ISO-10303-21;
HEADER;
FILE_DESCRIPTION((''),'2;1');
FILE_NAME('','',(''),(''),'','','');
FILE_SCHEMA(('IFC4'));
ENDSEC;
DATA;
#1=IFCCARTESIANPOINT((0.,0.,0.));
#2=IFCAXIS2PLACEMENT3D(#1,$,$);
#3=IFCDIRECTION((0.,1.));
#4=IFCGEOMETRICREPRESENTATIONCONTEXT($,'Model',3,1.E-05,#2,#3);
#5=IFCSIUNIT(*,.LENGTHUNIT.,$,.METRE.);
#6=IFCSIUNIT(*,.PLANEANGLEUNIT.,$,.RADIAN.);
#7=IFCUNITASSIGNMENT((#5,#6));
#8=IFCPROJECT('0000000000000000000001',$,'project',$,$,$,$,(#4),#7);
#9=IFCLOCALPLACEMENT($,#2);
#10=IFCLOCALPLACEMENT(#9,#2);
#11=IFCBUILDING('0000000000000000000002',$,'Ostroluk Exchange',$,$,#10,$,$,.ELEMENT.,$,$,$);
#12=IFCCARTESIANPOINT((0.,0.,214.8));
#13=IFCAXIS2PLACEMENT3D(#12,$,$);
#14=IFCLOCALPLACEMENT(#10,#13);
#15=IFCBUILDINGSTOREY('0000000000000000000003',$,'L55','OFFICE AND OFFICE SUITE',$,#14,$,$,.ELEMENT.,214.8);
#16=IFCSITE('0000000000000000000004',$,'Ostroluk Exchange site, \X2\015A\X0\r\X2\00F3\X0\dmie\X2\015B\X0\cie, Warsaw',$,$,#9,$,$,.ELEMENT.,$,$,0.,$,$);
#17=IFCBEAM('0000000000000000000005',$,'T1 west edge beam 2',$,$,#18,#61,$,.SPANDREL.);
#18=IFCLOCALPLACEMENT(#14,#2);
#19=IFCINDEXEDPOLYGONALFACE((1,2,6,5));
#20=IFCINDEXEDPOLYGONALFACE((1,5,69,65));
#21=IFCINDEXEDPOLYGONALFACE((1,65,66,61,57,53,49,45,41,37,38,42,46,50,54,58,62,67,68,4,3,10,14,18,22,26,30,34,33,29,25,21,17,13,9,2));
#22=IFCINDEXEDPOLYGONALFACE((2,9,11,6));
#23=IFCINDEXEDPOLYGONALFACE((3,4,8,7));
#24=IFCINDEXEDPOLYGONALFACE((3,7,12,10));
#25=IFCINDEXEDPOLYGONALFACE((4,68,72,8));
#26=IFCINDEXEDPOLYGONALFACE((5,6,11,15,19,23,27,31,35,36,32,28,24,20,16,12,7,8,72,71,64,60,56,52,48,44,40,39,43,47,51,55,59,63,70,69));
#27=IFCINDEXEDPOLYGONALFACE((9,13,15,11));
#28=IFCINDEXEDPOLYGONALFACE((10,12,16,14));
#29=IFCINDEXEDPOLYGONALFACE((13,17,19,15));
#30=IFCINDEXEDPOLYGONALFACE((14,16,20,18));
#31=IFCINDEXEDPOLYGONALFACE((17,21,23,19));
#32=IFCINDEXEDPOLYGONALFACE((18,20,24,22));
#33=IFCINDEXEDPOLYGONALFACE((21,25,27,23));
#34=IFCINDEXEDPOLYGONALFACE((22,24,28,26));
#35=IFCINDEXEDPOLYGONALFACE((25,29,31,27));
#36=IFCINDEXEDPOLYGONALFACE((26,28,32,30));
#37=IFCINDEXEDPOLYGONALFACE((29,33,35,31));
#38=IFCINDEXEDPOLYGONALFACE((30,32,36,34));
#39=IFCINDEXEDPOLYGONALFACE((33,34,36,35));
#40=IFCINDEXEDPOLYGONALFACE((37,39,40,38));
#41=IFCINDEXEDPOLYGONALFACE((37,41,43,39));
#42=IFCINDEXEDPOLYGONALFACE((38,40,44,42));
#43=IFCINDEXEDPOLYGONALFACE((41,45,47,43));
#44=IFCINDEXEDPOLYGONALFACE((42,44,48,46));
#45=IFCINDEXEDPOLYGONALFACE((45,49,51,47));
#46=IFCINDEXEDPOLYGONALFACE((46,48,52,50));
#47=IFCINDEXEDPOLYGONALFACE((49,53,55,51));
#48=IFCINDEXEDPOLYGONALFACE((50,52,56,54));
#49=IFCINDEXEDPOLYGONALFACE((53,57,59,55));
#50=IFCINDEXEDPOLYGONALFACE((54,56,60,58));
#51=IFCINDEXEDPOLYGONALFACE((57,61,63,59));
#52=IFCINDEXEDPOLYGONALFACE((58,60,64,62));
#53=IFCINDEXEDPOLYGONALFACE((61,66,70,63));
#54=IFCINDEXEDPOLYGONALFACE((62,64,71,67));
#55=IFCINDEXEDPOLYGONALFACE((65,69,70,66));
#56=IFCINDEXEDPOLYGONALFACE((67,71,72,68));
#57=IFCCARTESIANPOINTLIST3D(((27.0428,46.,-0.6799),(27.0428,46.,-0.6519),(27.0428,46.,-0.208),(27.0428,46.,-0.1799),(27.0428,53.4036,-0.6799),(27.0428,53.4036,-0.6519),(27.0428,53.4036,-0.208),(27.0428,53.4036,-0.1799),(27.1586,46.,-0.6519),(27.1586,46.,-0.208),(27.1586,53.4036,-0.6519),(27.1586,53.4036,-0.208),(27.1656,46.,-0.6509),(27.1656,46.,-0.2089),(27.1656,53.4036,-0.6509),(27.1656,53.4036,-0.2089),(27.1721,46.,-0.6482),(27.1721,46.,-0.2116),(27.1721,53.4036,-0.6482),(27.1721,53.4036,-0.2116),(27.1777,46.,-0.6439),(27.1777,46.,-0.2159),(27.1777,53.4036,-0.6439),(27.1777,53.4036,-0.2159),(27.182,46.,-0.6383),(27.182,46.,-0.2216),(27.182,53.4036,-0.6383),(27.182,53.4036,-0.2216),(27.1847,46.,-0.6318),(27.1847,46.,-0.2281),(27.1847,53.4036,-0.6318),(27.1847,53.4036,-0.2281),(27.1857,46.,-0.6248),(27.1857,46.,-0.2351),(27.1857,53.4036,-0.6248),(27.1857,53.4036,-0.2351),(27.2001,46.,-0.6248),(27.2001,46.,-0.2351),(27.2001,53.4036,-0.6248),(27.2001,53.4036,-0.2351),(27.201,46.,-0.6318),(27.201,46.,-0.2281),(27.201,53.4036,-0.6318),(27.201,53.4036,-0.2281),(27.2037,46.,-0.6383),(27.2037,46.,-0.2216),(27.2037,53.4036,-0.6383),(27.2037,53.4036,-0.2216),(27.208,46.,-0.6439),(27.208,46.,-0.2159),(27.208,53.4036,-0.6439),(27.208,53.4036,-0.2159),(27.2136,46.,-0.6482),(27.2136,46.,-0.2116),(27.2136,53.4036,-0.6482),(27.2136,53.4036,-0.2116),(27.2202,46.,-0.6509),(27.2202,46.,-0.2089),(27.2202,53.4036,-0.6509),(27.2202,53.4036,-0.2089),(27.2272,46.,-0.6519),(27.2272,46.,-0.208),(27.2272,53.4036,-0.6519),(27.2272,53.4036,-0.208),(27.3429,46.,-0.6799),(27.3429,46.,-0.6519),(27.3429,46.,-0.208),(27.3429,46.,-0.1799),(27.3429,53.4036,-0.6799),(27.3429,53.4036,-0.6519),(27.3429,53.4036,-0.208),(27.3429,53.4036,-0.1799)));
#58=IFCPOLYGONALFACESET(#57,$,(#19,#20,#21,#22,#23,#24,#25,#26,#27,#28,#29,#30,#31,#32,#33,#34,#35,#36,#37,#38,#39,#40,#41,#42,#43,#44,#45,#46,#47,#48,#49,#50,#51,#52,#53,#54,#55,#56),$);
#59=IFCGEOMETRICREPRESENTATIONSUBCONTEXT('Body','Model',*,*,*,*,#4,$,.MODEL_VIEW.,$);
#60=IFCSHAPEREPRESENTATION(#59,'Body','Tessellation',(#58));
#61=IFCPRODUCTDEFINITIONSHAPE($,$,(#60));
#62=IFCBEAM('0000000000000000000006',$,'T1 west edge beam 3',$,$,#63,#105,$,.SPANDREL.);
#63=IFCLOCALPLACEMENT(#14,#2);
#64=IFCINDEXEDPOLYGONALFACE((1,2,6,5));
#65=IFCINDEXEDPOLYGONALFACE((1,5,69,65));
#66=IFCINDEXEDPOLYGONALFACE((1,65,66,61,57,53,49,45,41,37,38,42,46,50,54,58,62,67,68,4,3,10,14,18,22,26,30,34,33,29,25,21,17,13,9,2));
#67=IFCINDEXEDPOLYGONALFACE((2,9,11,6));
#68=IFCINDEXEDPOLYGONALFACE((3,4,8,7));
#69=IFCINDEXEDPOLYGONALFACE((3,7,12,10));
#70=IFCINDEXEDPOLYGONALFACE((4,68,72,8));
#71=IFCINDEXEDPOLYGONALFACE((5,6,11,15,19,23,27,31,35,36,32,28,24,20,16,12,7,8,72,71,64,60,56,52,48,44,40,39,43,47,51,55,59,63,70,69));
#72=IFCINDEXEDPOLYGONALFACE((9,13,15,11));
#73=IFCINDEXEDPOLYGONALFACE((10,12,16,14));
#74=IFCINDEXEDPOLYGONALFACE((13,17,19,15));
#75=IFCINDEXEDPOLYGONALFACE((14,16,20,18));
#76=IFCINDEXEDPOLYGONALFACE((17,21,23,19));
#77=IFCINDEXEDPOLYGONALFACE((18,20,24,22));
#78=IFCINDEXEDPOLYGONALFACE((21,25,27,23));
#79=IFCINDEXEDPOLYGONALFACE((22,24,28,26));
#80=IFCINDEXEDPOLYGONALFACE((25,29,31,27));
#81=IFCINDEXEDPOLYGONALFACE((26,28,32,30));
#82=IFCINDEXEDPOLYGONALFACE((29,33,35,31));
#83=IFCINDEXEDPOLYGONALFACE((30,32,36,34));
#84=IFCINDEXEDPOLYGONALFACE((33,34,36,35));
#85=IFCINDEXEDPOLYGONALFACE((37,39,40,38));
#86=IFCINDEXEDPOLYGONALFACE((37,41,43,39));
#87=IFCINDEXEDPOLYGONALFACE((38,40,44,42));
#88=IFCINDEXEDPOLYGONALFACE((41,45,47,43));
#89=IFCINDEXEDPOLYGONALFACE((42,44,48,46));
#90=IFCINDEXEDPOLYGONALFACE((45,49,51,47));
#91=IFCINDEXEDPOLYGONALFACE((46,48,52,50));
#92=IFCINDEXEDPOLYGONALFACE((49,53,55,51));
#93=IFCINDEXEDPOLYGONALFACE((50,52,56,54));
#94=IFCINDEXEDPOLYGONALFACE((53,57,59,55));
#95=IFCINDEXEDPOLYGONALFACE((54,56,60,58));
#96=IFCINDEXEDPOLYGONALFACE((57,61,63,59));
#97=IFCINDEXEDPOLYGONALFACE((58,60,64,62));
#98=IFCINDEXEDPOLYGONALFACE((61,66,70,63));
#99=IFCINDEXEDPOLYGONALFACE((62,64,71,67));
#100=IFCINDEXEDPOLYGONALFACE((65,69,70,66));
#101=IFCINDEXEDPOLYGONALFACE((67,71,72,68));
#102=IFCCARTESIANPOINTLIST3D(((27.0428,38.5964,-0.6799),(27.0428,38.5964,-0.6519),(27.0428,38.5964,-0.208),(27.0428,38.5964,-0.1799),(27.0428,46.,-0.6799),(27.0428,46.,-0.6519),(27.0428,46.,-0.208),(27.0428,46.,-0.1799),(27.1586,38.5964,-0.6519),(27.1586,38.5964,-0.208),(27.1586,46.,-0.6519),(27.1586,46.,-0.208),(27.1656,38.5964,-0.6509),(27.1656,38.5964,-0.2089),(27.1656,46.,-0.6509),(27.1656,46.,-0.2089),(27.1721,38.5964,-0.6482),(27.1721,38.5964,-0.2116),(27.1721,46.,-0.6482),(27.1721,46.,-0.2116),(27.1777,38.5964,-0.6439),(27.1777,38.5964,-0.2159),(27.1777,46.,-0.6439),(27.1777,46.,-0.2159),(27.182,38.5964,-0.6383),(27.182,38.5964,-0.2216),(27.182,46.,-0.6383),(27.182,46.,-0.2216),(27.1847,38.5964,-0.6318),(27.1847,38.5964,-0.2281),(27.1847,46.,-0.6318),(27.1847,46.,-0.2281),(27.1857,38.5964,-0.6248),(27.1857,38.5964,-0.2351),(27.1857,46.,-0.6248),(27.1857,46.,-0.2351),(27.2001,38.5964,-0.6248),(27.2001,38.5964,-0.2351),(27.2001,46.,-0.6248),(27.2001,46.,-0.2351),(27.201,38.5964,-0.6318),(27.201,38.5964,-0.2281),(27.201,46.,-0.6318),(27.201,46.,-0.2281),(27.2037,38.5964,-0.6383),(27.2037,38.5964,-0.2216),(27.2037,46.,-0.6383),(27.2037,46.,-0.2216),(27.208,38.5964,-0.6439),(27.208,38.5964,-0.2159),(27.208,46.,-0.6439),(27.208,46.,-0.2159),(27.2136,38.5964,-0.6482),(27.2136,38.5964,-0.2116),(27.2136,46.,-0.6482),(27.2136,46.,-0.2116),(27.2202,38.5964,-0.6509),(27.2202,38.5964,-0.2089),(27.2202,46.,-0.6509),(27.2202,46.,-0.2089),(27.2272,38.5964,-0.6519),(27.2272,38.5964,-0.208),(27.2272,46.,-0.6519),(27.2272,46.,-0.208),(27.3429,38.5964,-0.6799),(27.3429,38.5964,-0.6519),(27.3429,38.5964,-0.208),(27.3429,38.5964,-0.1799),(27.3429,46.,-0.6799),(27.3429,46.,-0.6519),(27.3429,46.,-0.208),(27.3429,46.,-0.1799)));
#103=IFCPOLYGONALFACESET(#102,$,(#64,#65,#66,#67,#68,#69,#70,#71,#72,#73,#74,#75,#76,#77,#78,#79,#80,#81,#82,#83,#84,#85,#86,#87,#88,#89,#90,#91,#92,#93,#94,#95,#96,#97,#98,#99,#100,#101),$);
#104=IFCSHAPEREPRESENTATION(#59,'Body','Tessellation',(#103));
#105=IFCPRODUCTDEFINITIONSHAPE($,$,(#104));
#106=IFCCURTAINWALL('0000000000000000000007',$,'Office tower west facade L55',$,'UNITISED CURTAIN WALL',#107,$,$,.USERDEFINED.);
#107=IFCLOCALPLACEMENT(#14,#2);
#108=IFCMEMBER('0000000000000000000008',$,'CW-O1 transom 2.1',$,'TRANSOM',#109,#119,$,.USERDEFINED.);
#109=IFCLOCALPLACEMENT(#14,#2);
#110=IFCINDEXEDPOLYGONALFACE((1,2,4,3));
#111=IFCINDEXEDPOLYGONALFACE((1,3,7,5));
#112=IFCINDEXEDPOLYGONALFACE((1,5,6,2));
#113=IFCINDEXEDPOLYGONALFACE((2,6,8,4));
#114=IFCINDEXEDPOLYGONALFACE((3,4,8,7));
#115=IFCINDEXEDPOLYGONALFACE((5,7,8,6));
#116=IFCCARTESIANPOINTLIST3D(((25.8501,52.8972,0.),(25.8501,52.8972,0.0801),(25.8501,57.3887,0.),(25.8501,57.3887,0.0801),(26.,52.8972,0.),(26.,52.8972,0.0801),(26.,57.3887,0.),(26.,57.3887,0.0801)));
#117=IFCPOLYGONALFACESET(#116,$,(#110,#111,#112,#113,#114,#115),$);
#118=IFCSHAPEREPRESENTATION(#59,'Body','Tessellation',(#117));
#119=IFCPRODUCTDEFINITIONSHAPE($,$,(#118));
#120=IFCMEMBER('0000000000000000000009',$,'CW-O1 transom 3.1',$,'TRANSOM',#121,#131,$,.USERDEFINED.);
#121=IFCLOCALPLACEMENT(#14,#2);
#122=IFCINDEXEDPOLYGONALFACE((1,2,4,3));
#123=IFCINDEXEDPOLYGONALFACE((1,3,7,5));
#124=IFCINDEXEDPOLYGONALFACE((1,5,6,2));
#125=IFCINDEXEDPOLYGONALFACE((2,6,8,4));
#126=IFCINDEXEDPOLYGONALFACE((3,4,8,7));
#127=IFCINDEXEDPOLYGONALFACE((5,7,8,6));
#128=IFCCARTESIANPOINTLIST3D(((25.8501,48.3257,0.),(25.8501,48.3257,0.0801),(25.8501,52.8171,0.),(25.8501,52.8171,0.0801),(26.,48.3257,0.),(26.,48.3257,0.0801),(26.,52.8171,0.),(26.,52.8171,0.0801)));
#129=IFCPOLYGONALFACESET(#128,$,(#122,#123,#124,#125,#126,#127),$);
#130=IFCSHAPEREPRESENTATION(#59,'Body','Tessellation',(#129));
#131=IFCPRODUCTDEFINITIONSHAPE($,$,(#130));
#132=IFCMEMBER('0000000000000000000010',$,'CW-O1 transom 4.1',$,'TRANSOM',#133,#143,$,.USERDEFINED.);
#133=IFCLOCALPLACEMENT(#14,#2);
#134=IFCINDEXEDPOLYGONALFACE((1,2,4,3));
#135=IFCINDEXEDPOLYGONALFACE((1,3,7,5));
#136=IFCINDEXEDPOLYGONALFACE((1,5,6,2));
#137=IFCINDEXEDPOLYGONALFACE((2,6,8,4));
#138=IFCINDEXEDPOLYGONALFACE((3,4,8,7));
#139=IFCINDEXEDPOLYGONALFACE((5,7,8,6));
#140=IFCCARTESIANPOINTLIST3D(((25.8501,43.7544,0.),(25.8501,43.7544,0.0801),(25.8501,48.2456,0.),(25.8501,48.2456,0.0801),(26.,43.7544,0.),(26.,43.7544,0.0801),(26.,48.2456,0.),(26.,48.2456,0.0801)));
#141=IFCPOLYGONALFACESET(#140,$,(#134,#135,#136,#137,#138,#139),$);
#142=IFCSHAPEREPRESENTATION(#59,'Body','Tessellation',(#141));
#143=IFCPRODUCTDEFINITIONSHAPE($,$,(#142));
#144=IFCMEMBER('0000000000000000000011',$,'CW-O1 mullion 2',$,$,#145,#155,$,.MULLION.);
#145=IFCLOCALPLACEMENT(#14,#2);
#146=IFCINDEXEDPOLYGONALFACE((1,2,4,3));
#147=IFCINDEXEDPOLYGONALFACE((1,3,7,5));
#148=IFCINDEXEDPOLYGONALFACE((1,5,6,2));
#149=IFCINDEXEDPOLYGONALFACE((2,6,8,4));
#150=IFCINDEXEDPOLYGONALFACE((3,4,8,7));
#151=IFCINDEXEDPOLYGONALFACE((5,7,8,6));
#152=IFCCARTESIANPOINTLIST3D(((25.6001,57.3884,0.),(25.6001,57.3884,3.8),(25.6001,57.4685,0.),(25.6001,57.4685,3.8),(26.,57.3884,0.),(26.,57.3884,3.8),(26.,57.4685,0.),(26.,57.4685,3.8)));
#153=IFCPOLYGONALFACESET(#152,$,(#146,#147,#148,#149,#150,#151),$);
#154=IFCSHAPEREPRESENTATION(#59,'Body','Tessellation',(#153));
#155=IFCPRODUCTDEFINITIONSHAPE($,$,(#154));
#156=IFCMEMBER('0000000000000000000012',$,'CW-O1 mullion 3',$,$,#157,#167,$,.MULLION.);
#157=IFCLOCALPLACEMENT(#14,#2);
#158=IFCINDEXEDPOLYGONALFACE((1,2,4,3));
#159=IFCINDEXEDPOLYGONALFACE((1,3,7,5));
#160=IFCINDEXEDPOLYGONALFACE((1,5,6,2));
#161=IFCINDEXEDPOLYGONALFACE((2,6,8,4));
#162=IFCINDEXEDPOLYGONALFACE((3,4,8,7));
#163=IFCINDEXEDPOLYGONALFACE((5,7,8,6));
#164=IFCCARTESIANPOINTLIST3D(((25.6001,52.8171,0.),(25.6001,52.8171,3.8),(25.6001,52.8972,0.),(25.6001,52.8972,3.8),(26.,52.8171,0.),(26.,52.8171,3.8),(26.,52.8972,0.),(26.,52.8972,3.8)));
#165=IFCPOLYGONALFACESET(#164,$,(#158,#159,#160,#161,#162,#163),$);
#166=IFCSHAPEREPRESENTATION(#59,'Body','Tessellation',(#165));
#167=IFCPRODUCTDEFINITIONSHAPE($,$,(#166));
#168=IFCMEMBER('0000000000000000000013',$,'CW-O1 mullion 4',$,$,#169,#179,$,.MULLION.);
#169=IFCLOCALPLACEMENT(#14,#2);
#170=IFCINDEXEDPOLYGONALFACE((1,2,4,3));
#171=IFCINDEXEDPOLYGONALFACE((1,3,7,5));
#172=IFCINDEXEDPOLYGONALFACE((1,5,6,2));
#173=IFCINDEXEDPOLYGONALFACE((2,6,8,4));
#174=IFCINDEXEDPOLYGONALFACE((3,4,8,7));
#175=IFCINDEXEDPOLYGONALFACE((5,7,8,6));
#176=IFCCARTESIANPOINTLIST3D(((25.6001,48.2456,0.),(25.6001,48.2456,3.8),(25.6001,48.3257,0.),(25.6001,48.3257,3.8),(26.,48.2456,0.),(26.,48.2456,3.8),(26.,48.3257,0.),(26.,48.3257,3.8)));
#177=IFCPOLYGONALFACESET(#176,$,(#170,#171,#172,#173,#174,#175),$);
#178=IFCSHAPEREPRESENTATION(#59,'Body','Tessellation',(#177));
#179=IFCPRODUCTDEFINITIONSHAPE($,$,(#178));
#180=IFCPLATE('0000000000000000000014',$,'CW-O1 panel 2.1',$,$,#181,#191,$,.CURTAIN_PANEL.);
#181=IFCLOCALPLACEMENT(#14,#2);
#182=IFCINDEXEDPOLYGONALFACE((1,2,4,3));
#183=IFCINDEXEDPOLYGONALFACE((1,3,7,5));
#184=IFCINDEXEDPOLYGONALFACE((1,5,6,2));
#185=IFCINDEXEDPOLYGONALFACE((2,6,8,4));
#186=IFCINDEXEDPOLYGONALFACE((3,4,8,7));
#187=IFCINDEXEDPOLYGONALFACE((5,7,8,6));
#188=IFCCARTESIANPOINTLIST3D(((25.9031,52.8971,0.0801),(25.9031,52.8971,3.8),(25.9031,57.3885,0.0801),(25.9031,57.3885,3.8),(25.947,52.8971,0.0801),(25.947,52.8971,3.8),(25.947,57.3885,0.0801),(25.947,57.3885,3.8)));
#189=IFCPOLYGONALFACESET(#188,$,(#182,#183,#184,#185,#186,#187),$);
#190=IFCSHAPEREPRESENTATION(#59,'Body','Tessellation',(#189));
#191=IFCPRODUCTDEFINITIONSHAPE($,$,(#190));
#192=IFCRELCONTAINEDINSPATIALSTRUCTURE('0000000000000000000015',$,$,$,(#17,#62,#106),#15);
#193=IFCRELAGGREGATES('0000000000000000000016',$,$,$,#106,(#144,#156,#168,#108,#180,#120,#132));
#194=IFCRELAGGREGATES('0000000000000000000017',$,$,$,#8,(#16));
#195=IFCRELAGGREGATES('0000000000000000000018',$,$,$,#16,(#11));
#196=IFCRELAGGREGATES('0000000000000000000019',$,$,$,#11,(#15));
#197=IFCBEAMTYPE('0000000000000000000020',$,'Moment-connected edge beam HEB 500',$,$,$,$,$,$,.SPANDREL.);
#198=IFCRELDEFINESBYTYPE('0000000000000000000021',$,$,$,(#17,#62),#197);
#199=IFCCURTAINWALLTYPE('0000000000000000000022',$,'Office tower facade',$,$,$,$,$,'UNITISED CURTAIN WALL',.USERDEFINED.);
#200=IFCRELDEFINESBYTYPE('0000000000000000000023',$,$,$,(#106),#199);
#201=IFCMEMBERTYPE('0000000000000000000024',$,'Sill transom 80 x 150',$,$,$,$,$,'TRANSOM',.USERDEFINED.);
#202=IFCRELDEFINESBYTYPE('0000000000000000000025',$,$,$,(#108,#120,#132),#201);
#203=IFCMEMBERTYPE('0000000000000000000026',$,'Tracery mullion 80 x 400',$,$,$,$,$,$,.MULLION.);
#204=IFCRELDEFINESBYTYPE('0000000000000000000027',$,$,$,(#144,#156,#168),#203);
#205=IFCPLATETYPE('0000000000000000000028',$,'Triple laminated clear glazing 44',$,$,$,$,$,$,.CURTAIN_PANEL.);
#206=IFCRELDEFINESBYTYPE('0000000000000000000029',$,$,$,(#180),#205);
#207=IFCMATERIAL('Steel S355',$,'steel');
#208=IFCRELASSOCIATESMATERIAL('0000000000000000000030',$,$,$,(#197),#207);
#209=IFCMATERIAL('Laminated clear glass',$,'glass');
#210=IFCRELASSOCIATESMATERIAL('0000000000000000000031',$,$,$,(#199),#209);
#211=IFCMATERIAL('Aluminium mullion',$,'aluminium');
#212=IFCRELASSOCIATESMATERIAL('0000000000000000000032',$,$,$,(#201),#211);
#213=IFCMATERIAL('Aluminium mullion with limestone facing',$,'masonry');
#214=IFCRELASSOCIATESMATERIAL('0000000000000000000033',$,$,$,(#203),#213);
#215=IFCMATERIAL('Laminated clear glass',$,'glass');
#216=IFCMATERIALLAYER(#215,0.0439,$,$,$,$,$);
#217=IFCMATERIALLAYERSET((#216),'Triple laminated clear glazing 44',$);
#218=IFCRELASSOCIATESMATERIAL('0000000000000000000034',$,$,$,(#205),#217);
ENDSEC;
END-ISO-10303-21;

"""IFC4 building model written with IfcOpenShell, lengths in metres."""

from ifc_helpers import new_model, si_unit, direction, frame, origin, origin_2d, place, context, subcontext, project, spatial, rectangle, i_section, extrude, material, layer, layer_set, material_profile, profile_set, type_object, element, aggregate, save


model = new_model("IFC4")

# Units and contexts
model_context = context("Model", 3, precision=1e-05, world=origin(), true_north=direction((0.0, 1.0)))
body_context = subcontext(model_context, "Body", "Model", "MODEL_VIEW")
ifc_project = project(units=[si_unit("LENGTHUNIT", "METRE"), si_unit("PLANEANGLEUNIT", "RADIAN")], contexts=[model_context])

# Site, building, storey
site_placement = place(None, origin())
site = spatial("IfcSite", under=ifc_project, at=site_placement, Name="Ostroluk Exchange site, Śródmieście, Warsaw", CompositionType="ELEMENT", RefElevation=0.0)
building_placement = place(site_placement, origin())
building = spatial("IfcBuilding", under=site, at=building_placement, Name="Ostroluk Exchange", CompositionType="ELEMENT")
storey_placement = place(building_placement, frame((0.0, 0.0, 214.8)))
storey = spatial("IfcBuildingStorey", under=building, at=storey_placement, Name="L55", Description="OFFICE AND OFFICE SUITE", CompositionType="ELEMENT", Elevation=214.8)

# Beams
ifc_material_1 = material(Name="Steel S355", Category="steel")
ifc_material_profile_1 = material_profile(ifc_material_1, i_section(OverallWidth=0.3, OverallDepth=0.5, WebThickness=0.0144, FlangeThickness=0.0281, FilletRadius=0.0271, at=origin_2d()), Name="HEB 500")
ifc_profile_set_1 = profile_set([ifc_material_profile_1], Name="Steel S355")
beam_type_1 = type_object("IfcBeamType", Name="Moment-connected edge beam HEB 500", PredefinedType="SPANDREL", material=ifc_profile_set_1)
for number, where, z_axis, x_axis, name in (
    (1, (27.1929, 53.4036, -0.4299), (0.0, -1.0, 0.0), (1.0, 0.0, 0.0), "T1 west edge beam 2"),
    (2, (27.1929, 46.0, -0.4299), (0.0, -1.0, 0.0), (1.0, 0.0, 0.0), "T1 west edge beam 3"),
):
    element("IfcBeam", number, at=place(storey_placement, frame(where, z_axis=z_axis, x_axis=x_axis)), inside=storey, type_object=beam_type_1, Name=name, PredefinedType="SPANDREL", context=body_context, shape_type="SweptSolid", body=[
        extrude(i_section(OverallWidth=0.3, OverallDepth=0.5, WebThickness=0.0144, FlangeThickness=0.0281, FilletRadius=0.0271, at=origin_2d()), origin(), (0.0, 0.0, 1.0), 7.4036),
    ])

# Curtain wall, members, plate
ifc_material_2 = material(Name="Laminated clear glass", Category="glass")
curtain_wall_type = type_object("IfcCurtainWallType", Name="Office tower facade", ElementType="UNITISED CURTAIN WALL", PredefinedType="USERDEFINED", material=ifc_material_2)
curtain_wall_placement = place(storey_placement, origin())
curtain_wall = element("IfcCurtainWall", 3, at=curtain_wall_placement, inside=storey, type_object=curtain_wall_type, Name="Office tower west facade L55", ObjectType="UNITISED CURTAIN WALL", PredefinedType="USERDEFINED")
ifc_material_3 = material(Name="Aluminium mullion", Category="aluminium")
ifc_material_profile_2 = material_profile(ifc_material_3, rectangle(XDim=0.1499, YDim=0.0801, at=origin_2d()), Name="Sill transom 80 x 150")
ifc_profile_set_2 = profile_set([ifc_material_profile_2], Name="Aluminium mullion")
member_type_1 = type_object("IfcMemberType", Name="Sill transom 80 x 150", ElementType="TRANSOM", PredefinedType="USERDEFINED", material=ifc_profile_set_2)
member_1_placement = place(storey_placement, frame((25.925, 57.3887, 0.04), z_axis=(0.0, -1.0, 0.0), x_axis=(1.0, 0.0, 0.0)))
member_1 = element("IfcMember", 4, at=member_1_placement, type_object=member_type_1, Name="CW-O1 transom 2.1", ObjectType="TRANSOM", PredefinedType="USERDEFINED", context=body_context, shape_type="SweptSolid", body=[
    extrude(rectangle(XDim=0.1499, YDim=0.0801, at=origin_2d()), origin(), (0.0, 0.0, 1.0), 4.4915),
])
member_2_placement = place(storey_placement, frame((25.925, 52.8171, 0.04), z_axis=(0.0, -1.0, 0.0), x_axis=(1.0, 0.0, 0.0)))
member_2 = element("IfcMember", 5, at=member_2_placement, type_object=member_type_1, Name="CW-O1 transom 3.1", ObjectType="TRANSOM", PredefinedType="USERDEFINED", context=body_context, shape_type="SweptSolid", body=[
    extrude(rectangle(XDim=0.1499, YDim=0.0801, at=origin_2d()), origin(), (0.0, 0.0, 1.0), 4.4915),
])
member_3_placement = place(storey_placement, frame((25.925, 48.2456, 0.04), z_axis=(0.0, -1.0, 0.0), x_axis=(1.0, 0.0, 0.0)))
member_3 = element("IfcMember", 6, at=member_3_placement, type_object=member_type_1, Name="CW-O1 transom 4.1", ObjectType="TRANSOM", PredefinedType="USERDEFINED", context=body_context, shape_type="SweptSolid", body=[
    extrude(rectangle(XDim=0.1499, YDim=0.0801, at=origin_2d()), origin(), (0.0, 0.0, 1.0), 4.4912),
])
ifc_material_4 = material(Name="Aluminium mullion with limestone facing", Category="masonry")
ifc_material_profile_3 = material_profile(ifc_material_4, rectangle(XDim=0.3999, YDim=0.0801, at=origin_2d()), Name="Tracery mullion 80 x 400")
ifc_profile_set_3 = profile_set([ifc_material_profile_3], Name="Aluminium mullion with limestone facing")
member_type_2 = type_object("IfcMemberType", Name="Tracery mullion 80 x 400", PredefinedType="MULLION", material=ifc_profile_set_3)
member_4_placement = place(storey_placement, frame((25.8, 57.4285, 0.0), z_axis=(0.0, 0.0, 1.0), x_axis=(1.0, 0.0, 0.0)))
member_4 = element("IfcMember", 7, at=member_4_placement, type_object=member_type_2, Name="CW-O1 mullion 2", PredefinedType="MULLION", context=body_context, shape_type="SweptSolid", body=[
    extrude(rectangle(XDim=0.3999, YDim=0.0801, at=origin_2d()), origin(), (0.0, 0.0, 1.0), 3.8),
])
member_5_placement = place(storey_placement, frame((25.8, 52.8572, 0.0), z_axis=(0.0, 0.0, 1.0), x_axis=(1.0, 0.0, 0.0)))
member_5 = element("IfcMember", 8, at=member_5_placement, type_object=member_type_2, Name="CW-O1 mullion 3", PredefinedType="MULLION", context=body_context, shape_type="SweptSolid", body=[
    extrude(rectangle(XDim=0.3999, YDim=0.0801, at=origin_2d()), origin(), (0.0, 0.0, 1.0), 3.8),
])
member_6_placement = place(storey_placement, frame((25.8, 48.2856, 0.0), z_axis=(0.0, 0.0, 1.0), x_axis=(1.0, 0.0, 0.0)))
member_6 = element("IfcMember", 9, at=member_6_placement, type_object=member_type_2, Name="CW-O1 mullion 4", PredefinedType="MULLION", context=body_context, shape_type="SweptSolid", body=[
    extrude(rectangle(XDim=0.3999, YDim=0.0801, at=origin_2d()), origin(), (0.0, 0.0, 1.0), 3.8),
])
ifc_material_5 = material(Name="Laminated clear glass", Category="glass")
ifc_layer_1 = layer(ifc_material_5, 0.0439)
ifc_layer_set_1 = layer_set([ifc_layer_1], Name="Triple laminated clear glazing 44")
plate_type = type_object("IfcPlateType", Name="Triple laminated clear glazing 44", PredefinedType="CURTAIN_PANEL", material=ifc_layer_set_1)
plate_1_placement = place(storey_placement, frame((25.925, 55.1428, 0.0801), z_axis=(0.0, 0.0, 1.0), x_axis=(0.0, -1.0, 0.0)))
plate_1 = element("IfcPlate", 10, at=plate_1_placement, type_object=plate_type, Name="CW-O1 panel 2.1", PredefinedType="CURTAIN_PANEL", context=body_context, shape_type="SweptSolid", body=[
    extrude(rectangle(XDim=4.4915, YDim=0.0439, at=origin_2d()), origin(), (0.0, 0.0, 1.0), 3.72),
])
aggregate(curtain_wall, [member_4, member_5, member_6, member_1, plate_1, member_2, member_3])

save(model, "model.ifc")
